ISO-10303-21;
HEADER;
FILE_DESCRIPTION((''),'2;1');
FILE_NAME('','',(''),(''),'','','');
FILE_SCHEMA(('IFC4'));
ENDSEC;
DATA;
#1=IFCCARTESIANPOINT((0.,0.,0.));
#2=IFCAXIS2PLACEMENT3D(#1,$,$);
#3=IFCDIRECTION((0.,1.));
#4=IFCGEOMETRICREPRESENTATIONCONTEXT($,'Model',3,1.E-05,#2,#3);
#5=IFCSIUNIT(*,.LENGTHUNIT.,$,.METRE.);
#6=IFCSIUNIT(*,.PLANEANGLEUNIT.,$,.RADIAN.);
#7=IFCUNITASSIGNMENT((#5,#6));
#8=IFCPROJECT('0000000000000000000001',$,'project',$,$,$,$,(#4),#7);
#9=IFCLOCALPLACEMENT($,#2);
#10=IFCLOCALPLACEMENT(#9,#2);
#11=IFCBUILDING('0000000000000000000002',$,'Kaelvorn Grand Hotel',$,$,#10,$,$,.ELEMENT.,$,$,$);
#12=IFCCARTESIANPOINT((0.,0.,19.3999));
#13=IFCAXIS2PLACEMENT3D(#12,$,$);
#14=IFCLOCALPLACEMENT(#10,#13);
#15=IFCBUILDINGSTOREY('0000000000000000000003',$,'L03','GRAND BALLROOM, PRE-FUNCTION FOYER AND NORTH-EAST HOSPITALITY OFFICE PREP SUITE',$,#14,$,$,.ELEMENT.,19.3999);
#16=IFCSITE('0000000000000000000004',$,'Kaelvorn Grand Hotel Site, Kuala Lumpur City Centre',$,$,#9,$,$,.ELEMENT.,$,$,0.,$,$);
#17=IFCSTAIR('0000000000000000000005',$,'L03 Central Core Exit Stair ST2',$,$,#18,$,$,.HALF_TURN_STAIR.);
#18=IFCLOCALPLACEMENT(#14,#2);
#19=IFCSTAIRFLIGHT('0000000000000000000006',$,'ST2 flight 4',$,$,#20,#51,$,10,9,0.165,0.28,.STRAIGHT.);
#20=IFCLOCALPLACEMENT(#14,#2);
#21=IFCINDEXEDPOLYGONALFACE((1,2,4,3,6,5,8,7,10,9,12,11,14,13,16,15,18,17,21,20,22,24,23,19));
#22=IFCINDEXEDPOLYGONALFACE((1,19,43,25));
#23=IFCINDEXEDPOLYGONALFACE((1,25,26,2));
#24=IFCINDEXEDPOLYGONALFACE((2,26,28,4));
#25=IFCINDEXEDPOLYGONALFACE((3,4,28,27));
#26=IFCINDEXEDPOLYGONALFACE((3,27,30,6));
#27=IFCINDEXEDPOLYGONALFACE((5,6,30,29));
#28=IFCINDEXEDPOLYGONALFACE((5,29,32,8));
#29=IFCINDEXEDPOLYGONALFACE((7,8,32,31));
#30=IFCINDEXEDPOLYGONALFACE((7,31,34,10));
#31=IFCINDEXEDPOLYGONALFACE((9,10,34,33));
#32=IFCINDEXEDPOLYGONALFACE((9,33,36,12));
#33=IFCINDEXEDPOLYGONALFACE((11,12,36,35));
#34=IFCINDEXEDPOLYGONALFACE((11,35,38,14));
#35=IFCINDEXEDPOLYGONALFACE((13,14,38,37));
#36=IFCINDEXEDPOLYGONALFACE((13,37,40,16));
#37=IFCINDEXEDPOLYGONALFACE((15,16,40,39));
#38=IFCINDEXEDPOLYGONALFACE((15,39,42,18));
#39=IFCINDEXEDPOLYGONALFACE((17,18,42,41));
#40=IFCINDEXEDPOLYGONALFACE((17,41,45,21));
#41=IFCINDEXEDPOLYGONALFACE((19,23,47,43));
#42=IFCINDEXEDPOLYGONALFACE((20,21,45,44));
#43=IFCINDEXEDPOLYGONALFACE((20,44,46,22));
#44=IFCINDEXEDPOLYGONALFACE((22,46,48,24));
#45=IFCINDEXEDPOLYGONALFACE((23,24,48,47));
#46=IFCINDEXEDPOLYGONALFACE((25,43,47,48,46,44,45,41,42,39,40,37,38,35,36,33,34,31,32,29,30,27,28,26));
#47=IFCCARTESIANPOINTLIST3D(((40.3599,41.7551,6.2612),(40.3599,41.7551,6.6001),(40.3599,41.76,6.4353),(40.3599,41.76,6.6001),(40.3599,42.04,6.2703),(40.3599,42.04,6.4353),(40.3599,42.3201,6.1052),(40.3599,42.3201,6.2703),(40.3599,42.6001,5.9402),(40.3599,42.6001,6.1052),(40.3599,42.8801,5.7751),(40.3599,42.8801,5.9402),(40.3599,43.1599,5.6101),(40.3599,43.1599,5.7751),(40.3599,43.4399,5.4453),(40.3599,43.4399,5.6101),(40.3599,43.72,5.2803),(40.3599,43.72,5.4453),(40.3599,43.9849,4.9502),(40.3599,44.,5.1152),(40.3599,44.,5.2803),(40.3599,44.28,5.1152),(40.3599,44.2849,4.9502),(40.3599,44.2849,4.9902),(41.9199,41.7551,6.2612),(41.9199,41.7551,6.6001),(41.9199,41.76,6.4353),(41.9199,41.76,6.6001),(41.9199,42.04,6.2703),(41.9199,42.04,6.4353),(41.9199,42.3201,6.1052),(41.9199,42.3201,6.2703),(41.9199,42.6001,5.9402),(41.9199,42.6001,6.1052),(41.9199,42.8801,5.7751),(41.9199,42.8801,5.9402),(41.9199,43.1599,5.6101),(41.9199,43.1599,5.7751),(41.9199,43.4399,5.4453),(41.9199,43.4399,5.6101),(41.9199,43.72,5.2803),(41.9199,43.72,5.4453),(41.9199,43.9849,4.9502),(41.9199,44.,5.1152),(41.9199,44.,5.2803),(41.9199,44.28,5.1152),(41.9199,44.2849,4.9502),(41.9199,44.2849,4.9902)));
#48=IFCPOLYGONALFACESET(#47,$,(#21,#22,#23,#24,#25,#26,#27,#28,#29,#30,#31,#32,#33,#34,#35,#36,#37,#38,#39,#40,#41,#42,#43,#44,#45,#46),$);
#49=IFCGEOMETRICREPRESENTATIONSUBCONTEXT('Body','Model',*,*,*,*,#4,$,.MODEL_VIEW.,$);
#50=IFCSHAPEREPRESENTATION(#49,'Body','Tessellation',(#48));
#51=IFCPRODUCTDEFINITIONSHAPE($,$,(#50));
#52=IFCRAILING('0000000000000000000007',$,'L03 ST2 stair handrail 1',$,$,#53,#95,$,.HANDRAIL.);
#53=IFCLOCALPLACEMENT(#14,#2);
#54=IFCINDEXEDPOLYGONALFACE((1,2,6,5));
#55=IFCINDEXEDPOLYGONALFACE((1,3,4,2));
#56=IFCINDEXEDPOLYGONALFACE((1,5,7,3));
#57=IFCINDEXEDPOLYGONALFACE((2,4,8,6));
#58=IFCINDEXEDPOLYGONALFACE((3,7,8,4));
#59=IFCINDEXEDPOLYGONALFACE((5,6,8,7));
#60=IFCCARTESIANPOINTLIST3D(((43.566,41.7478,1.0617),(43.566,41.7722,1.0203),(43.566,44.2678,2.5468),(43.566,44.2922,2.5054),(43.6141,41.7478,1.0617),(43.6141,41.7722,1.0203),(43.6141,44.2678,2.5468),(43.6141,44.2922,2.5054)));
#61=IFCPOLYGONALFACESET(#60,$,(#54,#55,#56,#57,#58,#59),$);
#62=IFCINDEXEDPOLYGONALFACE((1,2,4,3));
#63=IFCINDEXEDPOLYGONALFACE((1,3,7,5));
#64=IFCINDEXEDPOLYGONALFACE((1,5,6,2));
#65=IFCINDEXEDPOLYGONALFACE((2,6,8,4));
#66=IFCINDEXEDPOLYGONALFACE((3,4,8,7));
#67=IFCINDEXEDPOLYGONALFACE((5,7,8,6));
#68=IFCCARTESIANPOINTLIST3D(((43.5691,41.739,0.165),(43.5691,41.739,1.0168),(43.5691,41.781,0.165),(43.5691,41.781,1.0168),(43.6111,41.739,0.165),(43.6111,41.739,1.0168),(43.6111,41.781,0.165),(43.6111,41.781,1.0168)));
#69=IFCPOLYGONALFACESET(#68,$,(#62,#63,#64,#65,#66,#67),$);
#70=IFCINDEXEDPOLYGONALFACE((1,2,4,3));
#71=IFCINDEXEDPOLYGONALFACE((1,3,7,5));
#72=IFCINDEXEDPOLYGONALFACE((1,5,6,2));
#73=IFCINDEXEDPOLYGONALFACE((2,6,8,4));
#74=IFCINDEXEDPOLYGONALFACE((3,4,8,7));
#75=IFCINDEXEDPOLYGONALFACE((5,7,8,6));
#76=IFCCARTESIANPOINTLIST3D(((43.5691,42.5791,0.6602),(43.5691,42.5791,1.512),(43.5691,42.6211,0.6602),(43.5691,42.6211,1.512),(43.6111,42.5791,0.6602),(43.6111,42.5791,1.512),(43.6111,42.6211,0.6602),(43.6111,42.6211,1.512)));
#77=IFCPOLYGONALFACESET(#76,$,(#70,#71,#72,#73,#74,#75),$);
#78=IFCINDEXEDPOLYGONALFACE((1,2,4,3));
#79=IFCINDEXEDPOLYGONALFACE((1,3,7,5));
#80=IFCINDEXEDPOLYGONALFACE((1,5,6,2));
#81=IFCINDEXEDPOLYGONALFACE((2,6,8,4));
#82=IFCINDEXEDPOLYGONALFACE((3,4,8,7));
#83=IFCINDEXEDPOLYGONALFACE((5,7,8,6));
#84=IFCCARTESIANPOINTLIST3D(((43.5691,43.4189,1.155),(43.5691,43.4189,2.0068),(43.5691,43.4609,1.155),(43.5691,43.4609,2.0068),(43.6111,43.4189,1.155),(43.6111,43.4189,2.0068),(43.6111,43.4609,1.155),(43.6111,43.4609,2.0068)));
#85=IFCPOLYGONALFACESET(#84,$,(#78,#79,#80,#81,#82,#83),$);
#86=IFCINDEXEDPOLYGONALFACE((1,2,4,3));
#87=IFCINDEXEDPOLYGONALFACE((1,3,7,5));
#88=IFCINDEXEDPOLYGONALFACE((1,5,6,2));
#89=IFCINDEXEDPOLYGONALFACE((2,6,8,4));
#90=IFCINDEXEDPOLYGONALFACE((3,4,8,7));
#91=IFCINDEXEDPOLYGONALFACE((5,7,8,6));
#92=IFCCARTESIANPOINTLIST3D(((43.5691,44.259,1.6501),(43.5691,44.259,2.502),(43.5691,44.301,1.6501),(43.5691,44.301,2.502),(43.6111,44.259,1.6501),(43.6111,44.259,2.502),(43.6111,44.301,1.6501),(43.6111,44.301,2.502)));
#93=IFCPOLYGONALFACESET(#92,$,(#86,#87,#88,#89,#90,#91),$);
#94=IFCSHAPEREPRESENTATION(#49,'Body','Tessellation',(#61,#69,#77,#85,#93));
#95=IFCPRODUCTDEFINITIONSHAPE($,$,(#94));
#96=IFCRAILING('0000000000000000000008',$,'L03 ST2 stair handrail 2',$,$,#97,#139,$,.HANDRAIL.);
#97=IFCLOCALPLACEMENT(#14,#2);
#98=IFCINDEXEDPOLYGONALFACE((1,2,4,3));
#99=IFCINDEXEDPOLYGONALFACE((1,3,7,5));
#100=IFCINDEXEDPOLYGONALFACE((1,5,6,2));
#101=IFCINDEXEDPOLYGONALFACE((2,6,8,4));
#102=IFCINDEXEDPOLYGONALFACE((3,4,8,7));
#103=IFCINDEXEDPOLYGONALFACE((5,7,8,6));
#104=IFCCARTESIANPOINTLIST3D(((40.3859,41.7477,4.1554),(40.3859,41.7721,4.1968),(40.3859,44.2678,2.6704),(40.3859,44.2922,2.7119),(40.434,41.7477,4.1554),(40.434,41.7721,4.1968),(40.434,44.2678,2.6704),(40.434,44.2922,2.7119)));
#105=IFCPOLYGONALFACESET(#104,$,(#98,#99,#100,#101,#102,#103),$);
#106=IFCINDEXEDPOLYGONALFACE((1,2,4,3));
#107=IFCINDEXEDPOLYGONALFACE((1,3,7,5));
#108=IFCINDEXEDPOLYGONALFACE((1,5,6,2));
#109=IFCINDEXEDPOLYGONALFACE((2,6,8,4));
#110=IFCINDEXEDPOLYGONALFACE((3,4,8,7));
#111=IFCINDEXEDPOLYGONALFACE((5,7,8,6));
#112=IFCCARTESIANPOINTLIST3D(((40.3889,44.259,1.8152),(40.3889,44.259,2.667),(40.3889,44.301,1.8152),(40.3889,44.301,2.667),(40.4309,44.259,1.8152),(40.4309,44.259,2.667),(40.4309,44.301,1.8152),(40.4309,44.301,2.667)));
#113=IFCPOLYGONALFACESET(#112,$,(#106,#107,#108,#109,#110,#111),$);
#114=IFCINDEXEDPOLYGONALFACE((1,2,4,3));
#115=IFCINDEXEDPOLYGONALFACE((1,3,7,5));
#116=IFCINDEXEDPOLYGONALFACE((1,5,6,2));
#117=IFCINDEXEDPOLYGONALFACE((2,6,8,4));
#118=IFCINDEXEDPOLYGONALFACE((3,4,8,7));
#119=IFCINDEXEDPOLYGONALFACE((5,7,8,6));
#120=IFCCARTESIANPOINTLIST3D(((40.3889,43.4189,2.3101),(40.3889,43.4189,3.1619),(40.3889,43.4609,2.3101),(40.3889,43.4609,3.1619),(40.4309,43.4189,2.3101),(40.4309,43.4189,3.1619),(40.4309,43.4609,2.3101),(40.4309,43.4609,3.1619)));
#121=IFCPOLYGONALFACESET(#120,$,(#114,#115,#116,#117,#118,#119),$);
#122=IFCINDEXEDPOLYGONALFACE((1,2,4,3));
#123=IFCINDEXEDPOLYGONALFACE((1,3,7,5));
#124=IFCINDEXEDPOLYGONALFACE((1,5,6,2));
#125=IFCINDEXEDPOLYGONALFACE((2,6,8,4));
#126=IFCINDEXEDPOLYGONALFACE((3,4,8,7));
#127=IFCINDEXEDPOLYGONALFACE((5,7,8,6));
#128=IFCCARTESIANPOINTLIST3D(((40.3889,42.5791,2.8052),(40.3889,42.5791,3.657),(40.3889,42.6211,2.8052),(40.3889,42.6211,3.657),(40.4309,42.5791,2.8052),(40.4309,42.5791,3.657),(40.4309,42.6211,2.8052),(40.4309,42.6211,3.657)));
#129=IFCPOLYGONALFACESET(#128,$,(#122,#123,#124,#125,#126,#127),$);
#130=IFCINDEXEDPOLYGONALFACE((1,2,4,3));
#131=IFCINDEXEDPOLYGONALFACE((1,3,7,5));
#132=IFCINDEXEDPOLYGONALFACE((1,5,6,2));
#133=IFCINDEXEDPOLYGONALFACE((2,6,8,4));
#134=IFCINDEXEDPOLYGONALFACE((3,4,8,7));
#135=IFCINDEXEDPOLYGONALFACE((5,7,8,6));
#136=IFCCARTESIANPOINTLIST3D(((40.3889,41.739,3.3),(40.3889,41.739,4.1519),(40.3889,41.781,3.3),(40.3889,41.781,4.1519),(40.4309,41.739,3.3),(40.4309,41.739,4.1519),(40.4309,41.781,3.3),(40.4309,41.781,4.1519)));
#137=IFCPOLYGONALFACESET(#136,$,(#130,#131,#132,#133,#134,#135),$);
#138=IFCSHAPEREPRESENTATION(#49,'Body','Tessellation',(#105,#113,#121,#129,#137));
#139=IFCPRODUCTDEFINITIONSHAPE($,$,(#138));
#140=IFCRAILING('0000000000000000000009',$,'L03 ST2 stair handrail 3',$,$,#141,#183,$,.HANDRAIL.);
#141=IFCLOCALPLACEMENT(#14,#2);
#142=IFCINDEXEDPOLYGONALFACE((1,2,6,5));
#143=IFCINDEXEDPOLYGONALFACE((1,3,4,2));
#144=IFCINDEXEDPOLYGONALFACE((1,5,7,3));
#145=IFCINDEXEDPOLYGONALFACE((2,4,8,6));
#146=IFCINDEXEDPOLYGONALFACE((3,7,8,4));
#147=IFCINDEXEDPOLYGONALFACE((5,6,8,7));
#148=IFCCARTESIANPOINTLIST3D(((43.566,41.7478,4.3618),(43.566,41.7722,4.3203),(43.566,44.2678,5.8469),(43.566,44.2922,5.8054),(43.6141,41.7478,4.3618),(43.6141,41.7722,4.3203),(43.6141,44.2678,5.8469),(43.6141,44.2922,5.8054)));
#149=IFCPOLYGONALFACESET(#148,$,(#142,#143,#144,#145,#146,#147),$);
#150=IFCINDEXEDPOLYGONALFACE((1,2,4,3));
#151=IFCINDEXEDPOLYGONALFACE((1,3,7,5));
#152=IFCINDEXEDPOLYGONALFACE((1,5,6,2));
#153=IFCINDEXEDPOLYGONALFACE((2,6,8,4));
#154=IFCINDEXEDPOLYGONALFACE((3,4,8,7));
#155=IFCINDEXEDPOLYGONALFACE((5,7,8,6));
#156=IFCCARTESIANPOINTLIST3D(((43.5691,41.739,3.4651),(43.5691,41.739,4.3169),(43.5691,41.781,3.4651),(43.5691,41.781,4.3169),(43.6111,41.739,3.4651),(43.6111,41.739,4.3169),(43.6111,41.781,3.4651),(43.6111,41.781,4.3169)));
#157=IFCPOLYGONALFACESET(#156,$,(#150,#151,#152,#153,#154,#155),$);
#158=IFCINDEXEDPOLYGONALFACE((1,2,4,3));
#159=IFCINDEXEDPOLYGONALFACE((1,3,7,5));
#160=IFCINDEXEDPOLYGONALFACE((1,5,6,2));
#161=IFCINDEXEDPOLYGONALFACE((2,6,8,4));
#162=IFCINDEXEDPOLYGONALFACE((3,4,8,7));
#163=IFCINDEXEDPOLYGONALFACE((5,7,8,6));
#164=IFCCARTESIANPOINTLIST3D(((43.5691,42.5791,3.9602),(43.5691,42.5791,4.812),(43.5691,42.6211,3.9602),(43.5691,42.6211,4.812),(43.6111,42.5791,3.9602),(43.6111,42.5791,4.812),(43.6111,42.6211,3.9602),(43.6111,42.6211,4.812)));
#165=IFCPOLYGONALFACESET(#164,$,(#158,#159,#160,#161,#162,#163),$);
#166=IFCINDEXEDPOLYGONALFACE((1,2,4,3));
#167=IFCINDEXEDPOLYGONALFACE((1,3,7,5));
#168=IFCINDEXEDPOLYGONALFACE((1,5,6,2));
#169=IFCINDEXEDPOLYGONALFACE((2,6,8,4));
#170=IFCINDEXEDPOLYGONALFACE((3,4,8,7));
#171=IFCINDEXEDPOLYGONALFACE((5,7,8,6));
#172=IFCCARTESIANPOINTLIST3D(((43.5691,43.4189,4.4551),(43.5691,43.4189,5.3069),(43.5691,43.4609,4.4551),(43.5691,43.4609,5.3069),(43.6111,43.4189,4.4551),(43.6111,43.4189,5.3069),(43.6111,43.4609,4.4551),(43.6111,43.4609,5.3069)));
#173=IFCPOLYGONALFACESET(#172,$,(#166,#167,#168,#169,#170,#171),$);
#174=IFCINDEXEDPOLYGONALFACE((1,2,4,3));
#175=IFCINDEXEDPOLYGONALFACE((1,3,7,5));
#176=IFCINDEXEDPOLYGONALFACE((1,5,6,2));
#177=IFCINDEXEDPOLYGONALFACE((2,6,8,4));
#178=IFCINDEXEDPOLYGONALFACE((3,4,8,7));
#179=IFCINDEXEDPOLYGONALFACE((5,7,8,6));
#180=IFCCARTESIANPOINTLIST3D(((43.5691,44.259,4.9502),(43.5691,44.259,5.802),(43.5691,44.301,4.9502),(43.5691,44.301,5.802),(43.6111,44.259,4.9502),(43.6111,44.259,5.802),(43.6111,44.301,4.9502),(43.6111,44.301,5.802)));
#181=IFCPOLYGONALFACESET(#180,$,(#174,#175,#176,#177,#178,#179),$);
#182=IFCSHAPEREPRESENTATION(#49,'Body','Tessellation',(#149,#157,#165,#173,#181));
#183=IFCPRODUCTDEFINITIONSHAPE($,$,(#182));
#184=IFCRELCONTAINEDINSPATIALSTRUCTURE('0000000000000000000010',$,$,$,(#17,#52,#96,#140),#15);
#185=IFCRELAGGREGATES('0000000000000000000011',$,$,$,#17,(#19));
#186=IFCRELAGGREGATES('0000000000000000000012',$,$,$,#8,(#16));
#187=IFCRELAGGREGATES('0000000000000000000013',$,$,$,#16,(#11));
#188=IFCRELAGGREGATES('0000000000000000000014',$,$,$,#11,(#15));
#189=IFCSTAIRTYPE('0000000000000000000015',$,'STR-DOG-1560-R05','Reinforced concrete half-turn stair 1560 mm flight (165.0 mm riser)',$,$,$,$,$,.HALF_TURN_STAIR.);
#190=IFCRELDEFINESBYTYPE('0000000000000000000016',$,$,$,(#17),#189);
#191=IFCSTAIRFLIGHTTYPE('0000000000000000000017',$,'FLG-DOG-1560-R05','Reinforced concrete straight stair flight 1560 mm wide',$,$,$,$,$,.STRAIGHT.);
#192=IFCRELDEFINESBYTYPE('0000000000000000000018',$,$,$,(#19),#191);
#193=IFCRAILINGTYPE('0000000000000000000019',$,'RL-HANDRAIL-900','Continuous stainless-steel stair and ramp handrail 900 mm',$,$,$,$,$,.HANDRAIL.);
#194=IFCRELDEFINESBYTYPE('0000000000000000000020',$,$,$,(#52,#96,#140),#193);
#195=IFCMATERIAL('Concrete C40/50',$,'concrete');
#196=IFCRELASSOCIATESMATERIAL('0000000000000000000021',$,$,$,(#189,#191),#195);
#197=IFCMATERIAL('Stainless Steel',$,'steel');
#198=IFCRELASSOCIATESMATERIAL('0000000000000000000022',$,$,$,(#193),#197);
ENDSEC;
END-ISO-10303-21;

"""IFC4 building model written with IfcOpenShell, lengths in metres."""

from ifc_helpers import new_model, si_unit, direction, frame, origin, origin_2d, place, context, subcontext, project, spatial, polyline, rectangle, outline, extrude, material, type_object, element, aggregate, save


model = new_model("IFC4")

# Units and contexts
model_context = context("Model", 3, precision=1e-05, world=origin(), true_north=direction((0.0, 1.0)))
body_context = subcontext(model_context, "Body", "Model", "MODEL_VIEW")
ifc_project = project(units=[si_unit("LENGTHUNIT", "METRE"), si_unit("PLANEANGLEUNIT", "RADIAN")], contexts=[model_context])

# Site, building, storey
site_placement = place(None, origin())
site = spatial("IfcSite", under=ifc_project, at=site_placement, Name="Kaelvorn Grand Hotel Site, Kuala Lumpur City Centre", CompositionType="ELEMENT", RefElevation=0.0)
building_placement = place(site_placement, origin())
building = spatial("IfcBuilding", under=site, at=building_placement, Name="Kaelvorn Grand Hotel", CompositionType="ELEMENT")
storey_placement = place(building_placement, frame((0.0, 0.0, 19.3999)))
storey = spatial("IfcBuildingStorey", under=building, at=storey_placement, Name="L03", Description="GRAND BALLROOM, PRE-FUNCTION FOYER AND NORTH-EAST HOSPITALITY OFFICE PREP SUITE", CompositionType="ELEMENT", Elevation=19.3999)

# Stair, stair flight
ifc_material_1 = material(Name="Concrete C40/50", Category="concrete")
stair_type = type_object("IfcStairType", Name="STR-DOG-1560-R05", Description="Reinforced concrete half-turn stair 1560 mm flight (165.0 mm riser)", PredefinedType="HALF_TURN_STAIR", material=ifc_material_1)
stair_placement = place(storey_placement, origin())
stair = element("IfcStair", 1, at=stair_placement, inside=storey, type_object=stair_type, Name="L03 Central Core Exit Stair ST2", PredefinedType="HALF_TURN_STAIR")
stair_flight_type = type_object("IfcStairFlightType", Name="FLG-DOG-1560-R05", Description="Reinforced concrete straight stair flight 1560 mm wide", PredefinedType="STRAIGHT", material=ifc_material_1)
stair_flight_1_placement = place(storey_placement, frame((41.1399, 44.28, 4.9502), z_axis=(0.0, 0.0, 1.0), x_axis=(0.0, -1.0, 0.0)))
stair_flight_1 = element("IfcStairFlight", 2, at=stair_flight_1_placement, type_object=stair_flight_type, Name="ST2 flight 4", NumberOfRisers=10, NumberOfTreads=9, PredefinedType="STRAIGHT", RiserHeight=0.165, TreadLength=0.28, context=body_context, shape_type="SweptSolid", body=[
    extrude(outline(polyline([(-0.0049, 0.0), (-0.0049, 0.04), (0.0, 0.165), (0.28, 0.165), (0.28, 0.3301), (0.5601, 0.3301), (0.5601, 0.4951), (0.8401, 0.4951), (0.8401, 0.6599), (1.1201, 0.6599), (1.1201, 0.825), (1.3999, 0.825), (1.3999, 0.99), (1.6799, 0.99), (1.6799, 1.155), (1.96, 1.155), (1.96, 1.3201), (2.24, 1.3201), (2.24, 1.4851), (2.52, 1.4851), (2.52, 1.6499), (2.5249, 1.6499), (2.5249, 1.311), (0.2952, 0.0), (-0.0049, 0.0)])), frame((0.0, 0.78, 0.0), z_axis=(0.0, -1.0, 0.0), x_axis=(1.0, 0.0, 0.0)), (0.0, 0.0, 1.0), 1.5601),
])
aggregate(stair, [stair_flight_1])

# Railings
ifc_material_2 = material(Name="Stainless Steel", Category="steel")
railing_type_1 = type_object("IfcRailingType", Name="RL-HANDRAIL-900", Description="Continuous stainless-steel stair and ramp handrail 900 mm", PredefinedType="HANDRAIL", material=ifc_material_2)
railing_1_placement = place(storey_placement, frame((43.5901, 41.76, 0.165)))
element("IfcRailing", 3, at=railing_1_placement, inside=storey, type_object=railing_type_1, Name="L03 ST2 stair handrail 1", PredefinedType="HANDRAIL", context=body_context, shape_type="SweptSolid", body=[
    extrude(rectangle(XDim=0.0481, YDim=0.0481, at=origin_2d()), frame((0.0, 0.0, 0.876), z_axis=(0.0, 0.861524, 0.507717), x_axis=(-1.0, 0.0, 0.0)), (0.0, 0.0, 1.0), 2.925),
    extrude(rectangle(XDim=0.042, YDim=0.042, at=origin_2d()), origin(), (0.0, 0.0, 1.0), 0.8518),
    extrude(rectangle(XDim=0.042, YDim=0.042, at=origin_2d()), frame((0.0, 0.8401, 0.4951)), (0.0, 0.0, 1.0), 0.8518),
    extrude(rectangle(XDim=0.042, YDim=0.042, at=origin_2d()), frame((0.0, 1.6799, 0.99)), (0.0, 0.0, 1.0), 0.8518),
    extrude(rectangle(XDim=0.042, YDim=0.042, at=origin_2d()), frame((0.0, 2.52, 1.4851)), (0.0, 0.0, 1.0), 0.8518),
])
railing_2_placement = place(storey_placement, frame((40.4099, 44.28, 1.8152)))
element("IfcRailing", 4, at=railing_2_placement, inside=storey, type_object=railing_type_1, Name="L03 ST2 stair handrail 2", PredefinedType="HANDRAIL", context=body_context, shape_type="SweptSolid", body=[
    extrude(rectangle(XDim=0.0481, YDim=0.0481, at=origin_2d()), frame((0.0, 0.0, 0.876), z_axis=(0.0, -0.861561, 0.507655), x_axis=(1.0, 0.0, 0.0)), (0.0, 0.0, 1.0), 2.925),
    extrude(rectangle(XDim=0.042, YDim=0.042, at=origin_2d()), origin(), (0.0, 0.0, 1.0), 0.8518),
    extrude(rectangle(XDim=0.042, YDim=0.042, at=origin_2d()), frame((0.0, -0.8401, 0.4949)), (0.0, 0.0, 1.0), 0.8518),
    extrude(rectangle(XDim=0.042, YDim=0.042, at=origin_2d()), frame((0.0, -1.6799, 0.99)), (0.0, 0.0, 1.0), 0.8518),
    extrude(rectangle(XDim=0.042, YDim=0.042, at=origin_2d()), frame((0.0, -2.52, 1.4849)), (0.0, 0.0, 1.0), 0.8518),
])
railing_3_placement = place(storey_placement, frame((43.5901, 41.76, 3.4651)))
element("IfcRailing", 5, at=railing_3_placement, inside=storey, type_object=railing_type_1, Name="L03 ST2 stair handrail 3", PredefinedType="HANDRAIL", context=body_context, shape_type="SweptSolid", body=[
    extrude(rectangle(XDim=0.0481, YDim=0.0481, at=origin_2d()), frame((0.0, 0.0, 0.876), z_axis=(0.0, 0.861524, 0.507717), x_axis=(-1.0, 0.0, 0.0)), (0.0, 0.0, 1.0), 2.925),
    extrude(rectangle(XDim=0.042, YDim=0.042, at=origin_2d()), origin(), (0.0, 0.0, 1.0), 0.8518),
    extrude(rectangle(XDim=0.042, YDim=0.042, at=origin_2d()), frame((0.0, 0.8401, 0.4951)), (0.0, 0.0, 1.0), 0.8518),
    extrude(rectangle(XDim=0.042, YDim=0.042, at=origin_2d()), frame((0.0, 1.6799, 0.99)), (0.0, 0.0, 1.0), 0.8518),
    extrude(rectangle(XDim=0.042, YDim=0.042, at=origin_2d()), frame((0.0, 2.52, 1.4851)), (0.0, 0.0, 1.0), 0.8518),
])

save(model, "model.ifc")
